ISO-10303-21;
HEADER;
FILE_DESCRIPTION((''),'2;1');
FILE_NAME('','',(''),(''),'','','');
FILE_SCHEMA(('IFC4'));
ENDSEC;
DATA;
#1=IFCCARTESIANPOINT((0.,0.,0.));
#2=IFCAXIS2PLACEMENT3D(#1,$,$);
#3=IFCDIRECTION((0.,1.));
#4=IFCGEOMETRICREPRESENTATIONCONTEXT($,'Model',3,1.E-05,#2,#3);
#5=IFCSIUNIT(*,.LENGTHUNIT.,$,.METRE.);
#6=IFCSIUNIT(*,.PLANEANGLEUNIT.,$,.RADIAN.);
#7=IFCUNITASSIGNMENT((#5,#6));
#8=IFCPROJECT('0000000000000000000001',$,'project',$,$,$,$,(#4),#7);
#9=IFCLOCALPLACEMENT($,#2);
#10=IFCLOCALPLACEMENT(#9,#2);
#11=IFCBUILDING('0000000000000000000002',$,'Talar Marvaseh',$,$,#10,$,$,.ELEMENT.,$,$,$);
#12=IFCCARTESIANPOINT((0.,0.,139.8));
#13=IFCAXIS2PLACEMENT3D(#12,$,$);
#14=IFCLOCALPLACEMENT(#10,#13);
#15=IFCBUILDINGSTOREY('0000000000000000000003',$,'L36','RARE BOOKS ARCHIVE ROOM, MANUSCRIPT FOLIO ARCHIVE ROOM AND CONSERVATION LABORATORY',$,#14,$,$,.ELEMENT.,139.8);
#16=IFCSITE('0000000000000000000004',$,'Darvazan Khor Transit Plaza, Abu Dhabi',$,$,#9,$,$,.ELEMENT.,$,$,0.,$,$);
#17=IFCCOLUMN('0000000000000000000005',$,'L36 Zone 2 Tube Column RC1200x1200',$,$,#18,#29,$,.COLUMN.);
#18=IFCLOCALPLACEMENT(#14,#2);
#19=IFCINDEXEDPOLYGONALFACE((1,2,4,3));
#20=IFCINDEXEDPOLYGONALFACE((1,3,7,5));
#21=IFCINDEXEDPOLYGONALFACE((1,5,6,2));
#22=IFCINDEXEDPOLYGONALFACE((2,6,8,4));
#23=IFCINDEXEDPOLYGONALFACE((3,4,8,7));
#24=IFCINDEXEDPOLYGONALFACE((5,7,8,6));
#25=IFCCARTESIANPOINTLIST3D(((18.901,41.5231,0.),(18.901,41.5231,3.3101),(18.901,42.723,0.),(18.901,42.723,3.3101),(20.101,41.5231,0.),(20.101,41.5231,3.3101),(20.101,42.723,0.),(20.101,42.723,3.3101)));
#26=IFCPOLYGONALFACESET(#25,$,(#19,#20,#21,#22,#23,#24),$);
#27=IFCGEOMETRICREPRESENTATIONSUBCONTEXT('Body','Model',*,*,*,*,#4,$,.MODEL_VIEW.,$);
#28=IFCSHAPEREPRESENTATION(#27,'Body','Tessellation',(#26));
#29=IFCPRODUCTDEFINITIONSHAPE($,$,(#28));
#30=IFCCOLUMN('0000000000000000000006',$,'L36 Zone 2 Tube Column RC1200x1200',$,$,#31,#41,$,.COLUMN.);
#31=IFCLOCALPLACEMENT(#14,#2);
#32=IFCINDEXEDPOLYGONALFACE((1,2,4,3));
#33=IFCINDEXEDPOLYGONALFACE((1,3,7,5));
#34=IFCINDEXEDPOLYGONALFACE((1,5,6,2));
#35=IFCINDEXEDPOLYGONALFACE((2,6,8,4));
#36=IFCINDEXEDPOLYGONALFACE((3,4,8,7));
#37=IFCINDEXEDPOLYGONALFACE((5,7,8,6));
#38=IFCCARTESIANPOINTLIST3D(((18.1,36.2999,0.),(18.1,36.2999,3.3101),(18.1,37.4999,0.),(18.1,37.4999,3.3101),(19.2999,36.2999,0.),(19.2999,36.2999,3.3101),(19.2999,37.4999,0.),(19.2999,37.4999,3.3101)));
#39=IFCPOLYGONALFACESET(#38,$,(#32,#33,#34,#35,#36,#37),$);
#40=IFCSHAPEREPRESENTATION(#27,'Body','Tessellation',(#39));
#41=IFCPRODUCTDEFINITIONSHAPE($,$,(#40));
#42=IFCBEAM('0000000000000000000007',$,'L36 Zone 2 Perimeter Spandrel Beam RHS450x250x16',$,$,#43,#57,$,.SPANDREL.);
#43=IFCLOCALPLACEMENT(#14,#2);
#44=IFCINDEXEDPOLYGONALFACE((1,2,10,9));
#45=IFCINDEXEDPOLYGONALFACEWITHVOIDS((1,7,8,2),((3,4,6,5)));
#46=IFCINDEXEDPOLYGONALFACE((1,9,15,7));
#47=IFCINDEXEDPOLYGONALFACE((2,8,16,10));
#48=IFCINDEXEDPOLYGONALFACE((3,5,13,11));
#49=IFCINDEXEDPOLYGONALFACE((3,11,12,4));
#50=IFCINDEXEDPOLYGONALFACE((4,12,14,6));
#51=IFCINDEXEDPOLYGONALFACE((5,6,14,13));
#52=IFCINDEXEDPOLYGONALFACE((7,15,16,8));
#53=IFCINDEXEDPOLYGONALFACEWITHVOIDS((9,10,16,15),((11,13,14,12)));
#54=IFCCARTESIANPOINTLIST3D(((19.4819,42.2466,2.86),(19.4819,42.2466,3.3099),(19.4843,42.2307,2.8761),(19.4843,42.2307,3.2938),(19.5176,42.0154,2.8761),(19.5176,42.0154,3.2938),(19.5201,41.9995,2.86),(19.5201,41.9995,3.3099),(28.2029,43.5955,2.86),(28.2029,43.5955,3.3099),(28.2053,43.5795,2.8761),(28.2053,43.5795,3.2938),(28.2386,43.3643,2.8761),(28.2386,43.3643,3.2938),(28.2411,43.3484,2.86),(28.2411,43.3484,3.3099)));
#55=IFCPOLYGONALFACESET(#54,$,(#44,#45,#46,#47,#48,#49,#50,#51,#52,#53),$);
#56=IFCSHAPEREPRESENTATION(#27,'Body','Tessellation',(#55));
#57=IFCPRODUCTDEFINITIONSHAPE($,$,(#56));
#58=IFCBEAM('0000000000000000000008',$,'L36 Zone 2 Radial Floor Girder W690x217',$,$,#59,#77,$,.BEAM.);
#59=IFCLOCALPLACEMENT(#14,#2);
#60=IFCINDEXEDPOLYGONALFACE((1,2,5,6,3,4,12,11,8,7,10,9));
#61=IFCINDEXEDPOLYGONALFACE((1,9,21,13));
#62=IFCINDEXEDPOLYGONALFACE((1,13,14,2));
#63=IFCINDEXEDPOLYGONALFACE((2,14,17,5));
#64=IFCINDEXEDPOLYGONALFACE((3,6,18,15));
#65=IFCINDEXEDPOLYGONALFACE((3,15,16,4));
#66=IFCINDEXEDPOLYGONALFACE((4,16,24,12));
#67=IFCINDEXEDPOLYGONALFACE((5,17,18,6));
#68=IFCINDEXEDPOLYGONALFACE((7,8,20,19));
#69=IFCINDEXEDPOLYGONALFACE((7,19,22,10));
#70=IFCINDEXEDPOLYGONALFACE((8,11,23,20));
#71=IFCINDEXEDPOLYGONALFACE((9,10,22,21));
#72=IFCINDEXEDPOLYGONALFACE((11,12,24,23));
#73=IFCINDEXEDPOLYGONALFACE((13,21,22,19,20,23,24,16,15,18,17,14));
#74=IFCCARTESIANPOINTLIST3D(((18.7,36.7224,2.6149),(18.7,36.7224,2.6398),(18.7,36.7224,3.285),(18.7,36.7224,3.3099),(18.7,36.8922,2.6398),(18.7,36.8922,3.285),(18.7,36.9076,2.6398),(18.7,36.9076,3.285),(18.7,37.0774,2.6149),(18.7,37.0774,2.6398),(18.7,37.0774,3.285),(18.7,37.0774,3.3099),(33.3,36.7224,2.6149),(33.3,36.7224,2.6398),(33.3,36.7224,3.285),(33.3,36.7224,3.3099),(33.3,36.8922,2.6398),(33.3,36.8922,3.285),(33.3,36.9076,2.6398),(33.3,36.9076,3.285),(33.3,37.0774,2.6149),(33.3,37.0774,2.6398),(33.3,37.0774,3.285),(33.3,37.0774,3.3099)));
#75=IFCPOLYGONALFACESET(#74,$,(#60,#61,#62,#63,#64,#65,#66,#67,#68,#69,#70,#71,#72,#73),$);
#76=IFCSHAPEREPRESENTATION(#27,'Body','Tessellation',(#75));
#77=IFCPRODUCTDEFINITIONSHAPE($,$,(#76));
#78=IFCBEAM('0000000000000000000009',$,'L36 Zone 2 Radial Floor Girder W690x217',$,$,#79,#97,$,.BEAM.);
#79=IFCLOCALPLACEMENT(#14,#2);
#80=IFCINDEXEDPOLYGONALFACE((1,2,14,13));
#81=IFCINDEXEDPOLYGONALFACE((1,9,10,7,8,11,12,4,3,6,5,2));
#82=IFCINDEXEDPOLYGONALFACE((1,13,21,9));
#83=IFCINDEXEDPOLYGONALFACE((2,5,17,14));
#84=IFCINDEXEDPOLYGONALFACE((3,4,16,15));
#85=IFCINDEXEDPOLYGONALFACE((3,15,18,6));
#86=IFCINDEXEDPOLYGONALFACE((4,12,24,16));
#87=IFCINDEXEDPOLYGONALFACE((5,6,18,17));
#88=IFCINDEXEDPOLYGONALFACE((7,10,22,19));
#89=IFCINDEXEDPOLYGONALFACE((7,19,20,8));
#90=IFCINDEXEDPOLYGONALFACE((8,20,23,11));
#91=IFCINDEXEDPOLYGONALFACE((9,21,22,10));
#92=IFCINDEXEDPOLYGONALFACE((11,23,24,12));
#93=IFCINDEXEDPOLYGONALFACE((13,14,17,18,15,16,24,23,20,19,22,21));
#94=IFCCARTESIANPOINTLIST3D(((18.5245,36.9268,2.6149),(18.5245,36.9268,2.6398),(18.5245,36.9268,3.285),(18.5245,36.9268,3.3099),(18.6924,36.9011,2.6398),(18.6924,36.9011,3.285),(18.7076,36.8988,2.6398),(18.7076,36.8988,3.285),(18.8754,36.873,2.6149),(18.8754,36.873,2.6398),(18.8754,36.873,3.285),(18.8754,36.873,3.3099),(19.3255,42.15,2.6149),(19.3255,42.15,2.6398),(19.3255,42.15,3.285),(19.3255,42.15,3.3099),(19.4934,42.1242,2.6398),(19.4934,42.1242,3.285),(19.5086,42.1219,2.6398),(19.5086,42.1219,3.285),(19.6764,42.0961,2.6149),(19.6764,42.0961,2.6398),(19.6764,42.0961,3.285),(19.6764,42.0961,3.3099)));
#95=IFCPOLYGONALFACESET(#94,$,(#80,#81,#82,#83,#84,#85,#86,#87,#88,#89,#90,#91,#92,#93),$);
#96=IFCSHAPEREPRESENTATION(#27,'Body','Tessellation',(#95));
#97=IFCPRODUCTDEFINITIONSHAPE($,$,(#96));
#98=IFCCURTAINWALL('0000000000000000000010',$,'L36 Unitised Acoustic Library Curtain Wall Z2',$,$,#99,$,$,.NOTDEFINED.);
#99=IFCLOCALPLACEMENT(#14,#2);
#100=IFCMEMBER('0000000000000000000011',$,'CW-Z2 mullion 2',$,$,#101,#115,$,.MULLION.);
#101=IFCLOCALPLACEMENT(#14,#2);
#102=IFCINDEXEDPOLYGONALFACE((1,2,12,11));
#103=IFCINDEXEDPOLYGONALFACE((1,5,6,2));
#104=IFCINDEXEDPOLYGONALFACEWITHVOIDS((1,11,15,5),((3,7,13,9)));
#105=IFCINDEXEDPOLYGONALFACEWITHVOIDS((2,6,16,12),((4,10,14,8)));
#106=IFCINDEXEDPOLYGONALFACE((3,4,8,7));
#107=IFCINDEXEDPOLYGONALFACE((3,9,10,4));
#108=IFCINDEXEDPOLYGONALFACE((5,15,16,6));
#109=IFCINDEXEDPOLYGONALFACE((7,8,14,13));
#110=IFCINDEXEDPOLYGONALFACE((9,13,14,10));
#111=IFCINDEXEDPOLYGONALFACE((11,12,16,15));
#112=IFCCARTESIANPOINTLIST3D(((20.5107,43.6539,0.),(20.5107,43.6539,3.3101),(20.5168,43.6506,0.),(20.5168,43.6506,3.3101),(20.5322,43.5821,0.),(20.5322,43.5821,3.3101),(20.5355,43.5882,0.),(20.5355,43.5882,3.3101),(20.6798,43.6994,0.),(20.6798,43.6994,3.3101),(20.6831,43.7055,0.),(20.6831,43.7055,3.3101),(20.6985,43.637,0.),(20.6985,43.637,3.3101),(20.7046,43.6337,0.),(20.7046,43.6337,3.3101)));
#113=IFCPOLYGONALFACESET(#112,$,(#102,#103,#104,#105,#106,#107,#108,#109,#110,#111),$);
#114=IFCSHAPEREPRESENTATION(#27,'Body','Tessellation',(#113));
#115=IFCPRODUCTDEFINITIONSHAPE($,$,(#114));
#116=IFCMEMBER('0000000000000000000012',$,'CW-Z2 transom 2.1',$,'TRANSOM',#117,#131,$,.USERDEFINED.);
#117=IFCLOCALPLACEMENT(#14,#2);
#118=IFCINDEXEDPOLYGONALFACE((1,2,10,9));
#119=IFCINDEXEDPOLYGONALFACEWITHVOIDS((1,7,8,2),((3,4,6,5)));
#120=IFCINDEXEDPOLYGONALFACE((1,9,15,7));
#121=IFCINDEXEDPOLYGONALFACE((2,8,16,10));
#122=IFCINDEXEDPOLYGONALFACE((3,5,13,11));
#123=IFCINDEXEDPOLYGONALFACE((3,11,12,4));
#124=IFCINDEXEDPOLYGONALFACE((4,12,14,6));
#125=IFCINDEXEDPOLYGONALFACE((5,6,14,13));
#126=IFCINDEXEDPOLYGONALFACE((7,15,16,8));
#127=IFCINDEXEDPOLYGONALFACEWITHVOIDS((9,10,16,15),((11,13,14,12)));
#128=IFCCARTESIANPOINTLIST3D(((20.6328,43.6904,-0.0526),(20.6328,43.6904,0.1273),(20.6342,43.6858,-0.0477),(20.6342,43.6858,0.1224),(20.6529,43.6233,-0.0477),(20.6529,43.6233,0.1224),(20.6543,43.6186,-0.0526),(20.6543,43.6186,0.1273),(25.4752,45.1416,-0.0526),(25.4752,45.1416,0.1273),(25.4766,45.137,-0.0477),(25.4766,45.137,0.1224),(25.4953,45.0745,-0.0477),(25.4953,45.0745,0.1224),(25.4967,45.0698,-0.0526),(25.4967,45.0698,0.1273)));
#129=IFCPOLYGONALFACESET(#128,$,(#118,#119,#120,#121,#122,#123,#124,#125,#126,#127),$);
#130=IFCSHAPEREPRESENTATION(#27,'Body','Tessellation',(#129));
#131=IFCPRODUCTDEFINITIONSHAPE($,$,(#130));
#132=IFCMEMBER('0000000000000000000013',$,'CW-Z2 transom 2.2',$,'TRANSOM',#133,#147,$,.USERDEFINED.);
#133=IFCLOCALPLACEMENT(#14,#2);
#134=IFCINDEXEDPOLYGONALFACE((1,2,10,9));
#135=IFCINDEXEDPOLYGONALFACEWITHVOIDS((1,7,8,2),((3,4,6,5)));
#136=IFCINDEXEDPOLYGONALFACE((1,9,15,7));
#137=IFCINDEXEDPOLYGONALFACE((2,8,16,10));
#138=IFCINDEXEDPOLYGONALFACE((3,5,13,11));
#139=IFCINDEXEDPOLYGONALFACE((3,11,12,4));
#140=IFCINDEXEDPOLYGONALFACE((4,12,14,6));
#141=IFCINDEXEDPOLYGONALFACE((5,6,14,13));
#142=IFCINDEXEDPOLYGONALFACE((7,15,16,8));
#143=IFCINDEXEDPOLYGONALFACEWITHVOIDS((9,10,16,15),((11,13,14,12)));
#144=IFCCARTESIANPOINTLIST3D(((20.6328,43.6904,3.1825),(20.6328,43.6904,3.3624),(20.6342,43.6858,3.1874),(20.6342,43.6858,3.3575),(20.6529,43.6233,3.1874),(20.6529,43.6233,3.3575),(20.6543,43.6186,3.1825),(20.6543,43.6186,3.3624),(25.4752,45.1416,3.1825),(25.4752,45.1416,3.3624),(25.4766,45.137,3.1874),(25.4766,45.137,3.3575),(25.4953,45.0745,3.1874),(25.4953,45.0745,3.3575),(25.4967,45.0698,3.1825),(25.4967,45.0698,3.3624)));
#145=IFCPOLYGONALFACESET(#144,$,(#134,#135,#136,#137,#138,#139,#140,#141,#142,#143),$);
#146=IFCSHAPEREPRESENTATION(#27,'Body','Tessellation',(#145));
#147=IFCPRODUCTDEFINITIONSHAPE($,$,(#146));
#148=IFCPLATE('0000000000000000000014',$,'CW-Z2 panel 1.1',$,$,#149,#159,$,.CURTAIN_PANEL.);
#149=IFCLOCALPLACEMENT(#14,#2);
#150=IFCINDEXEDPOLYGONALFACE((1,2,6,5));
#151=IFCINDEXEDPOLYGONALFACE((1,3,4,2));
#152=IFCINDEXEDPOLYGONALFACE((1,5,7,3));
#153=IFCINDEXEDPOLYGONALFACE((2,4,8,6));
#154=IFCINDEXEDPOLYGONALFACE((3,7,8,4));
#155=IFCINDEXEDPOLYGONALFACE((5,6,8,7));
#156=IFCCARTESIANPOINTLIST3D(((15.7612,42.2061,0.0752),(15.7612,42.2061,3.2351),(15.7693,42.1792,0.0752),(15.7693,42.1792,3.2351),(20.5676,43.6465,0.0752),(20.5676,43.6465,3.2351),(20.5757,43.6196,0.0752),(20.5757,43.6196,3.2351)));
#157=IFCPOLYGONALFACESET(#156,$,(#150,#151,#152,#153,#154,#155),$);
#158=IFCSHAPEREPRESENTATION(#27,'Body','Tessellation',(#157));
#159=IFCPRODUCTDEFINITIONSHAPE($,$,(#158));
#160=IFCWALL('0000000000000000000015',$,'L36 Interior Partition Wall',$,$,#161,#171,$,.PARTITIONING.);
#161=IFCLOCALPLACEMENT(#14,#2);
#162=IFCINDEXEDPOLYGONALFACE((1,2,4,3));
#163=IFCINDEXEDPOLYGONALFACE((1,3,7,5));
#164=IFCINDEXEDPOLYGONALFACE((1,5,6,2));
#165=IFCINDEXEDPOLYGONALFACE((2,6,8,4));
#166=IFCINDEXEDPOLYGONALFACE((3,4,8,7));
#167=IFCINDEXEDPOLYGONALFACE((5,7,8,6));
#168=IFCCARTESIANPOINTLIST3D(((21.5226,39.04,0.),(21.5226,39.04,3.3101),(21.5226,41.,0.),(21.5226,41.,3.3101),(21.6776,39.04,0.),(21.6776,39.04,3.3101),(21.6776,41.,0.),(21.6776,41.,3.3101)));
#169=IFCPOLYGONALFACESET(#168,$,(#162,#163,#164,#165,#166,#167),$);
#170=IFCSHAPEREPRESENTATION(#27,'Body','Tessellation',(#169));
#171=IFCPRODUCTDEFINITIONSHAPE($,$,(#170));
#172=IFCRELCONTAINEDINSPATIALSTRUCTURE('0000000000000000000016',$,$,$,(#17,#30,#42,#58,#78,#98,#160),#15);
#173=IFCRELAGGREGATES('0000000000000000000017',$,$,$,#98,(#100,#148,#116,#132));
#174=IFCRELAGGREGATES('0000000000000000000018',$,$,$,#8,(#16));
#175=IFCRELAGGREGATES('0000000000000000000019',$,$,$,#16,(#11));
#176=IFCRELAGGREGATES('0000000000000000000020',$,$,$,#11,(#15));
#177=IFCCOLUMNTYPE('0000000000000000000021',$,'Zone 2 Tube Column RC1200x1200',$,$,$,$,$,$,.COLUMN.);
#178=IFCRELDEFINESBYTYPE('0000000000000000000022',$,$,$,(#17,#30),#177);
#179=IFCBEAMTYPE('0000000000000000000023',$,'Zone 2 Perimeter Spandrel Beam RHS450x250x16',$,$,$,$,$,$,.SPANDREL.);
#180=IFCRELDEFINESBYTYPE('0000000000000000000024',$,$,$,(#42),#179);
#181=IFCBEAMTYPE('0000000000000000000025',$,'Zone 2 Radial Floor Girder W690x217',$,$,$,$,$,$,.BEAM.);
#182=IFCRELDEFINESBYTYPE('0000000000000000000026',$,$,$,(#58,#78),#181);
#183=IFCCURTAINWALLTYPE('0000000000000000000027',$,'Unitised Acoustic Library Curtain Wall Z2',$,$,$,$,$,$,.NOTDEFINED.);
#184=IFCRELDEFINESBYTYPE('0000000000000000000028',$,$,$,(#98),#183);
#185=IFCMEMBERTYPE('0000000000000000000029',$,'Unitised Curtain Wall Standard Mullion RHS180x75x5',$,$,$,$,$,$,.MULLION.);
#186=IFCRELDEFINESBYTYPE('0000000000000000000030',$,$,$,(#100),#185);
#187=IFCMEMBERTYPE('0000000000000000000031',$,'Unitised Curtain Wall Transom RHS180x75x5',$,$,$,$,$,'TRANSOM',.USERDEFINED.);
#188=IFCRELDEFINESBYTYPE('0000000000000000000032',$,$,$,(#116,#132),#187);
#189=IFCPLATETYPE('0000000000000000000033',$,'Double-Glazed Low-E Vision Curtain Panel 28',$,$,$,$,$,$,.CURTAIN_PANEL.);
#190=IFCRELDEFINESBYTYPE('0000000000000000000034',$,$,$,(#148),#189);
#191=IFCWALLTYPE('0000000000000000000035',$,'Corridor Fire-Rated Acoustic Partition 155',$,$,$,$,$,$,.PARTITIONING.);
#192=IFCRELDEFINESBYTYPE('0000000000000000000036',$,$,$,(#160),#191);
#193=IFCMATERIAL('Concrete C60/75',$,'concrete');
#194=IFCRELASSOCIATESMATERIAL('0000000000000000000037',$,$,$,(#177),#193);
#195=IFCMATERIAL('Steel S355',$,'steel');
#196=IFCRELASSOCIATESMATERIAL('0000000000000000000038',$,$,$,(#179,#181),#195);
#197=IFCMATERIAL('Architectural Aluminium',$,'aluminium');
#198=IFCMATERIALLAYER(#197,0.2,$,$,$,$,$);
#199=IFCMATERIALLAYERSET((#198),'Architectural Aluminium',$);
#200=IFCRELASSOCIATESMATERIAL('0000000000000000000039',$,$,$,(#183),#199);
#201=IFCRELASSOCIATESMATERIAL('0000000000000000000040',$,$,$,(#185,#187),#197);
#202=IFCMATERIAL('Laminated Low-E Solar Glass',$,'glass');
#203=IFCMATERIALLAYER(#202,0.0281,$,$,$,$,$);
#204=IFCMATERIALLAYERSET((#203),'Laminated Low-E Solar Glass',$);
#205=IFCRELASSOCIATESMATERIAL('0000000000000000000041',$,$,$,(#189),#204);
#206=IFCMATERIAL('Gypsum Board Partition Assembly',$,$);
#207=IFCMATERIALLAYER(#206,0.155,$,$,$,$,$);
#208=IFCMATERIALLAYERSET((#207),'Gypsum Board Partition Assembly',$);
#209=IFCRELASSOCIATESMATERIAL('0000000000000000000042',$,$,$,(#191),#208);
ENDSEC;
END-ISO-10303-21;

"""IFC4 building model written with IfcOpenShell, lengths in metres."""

from ifc_helpers import new_model, si_unit, direction, frame, frame_2d, origin, origin_2d, place, context, subcontext, project, spatial, rectangle, hollow_rectangle, i_section, extrude, source, transform, mapped, material, layer, layer_set, material_profile, profile_set, type_object, type_shapes, element, aggregate, save


model = new_model("IFC4")

# Units and contexts
model_context = context("Model", 3, precision=1e-05, world=origin(), true_north=direction((0.0, 1.0)))
body_context = subcontext(model_context, "Body", "Model", "MODEL_VIEW")
ifc_project = project(units=[si_unit("LENGTHUNIT", "METRE"), si_unit("PLANEANGLEUNIT", "RADIAN")], contexts=[model_context])

# Site, building, storey
site_placement = place(None, origin())
site = spatial("IfcSite", under=ifc_project, at=site_placement, Name="Darvazan Khor Transit Plaza, Abu Dhabi", CompositionType="ELEMENT", RefElevation=0.0)
building_placement = place(site_placement, origin())
building = spatial("IfcBuilding", under=site, at=building_placement, Name="Talar Marvaseh", CompositionType="ELEMENT")
storey_placement = place(building_placement, frame((0.0, 0.0, 139.8)))
storey = spatial("IfcBuildingStorey", under=building, at=storey_placement, Name="L36", Description="RARE BOOKS ARCHIVE ROOM, MANUSCRIPT FOLIO ARCHIVE ROOM AND CONSERVATION LABORATORY", CompositionType="ELEMENT", Elevation=139.8)

# Columns
ifc_material_1 = material(Name="Concrete C60/75", Category="concrete")
ifc_material_profile_1 = material_profile(ifc_material_1, rectangle(XDim=1.2, YDim=1.2, at=origin_2d()), Name="RC1200x1200")
ifc_profile_set_1 = profile_set([ifc_material_profile_1], Name="Concrete C60/75")
column_type = type_object("IfcColumnType", Name="Zone 2 Tube Column RC1200x1200", PredefinedType="COLUMN", material=ifc_profile_set_1)
for number, where, z_axis, x_axis, name in (
    (1, (19.501, 42.123, 0.0), (0.0, 0.0, 1.0), (1.0, 0.0, 0.0), "L36 Zone 2 Tube Column RC1200x1200"),
    (2, (18.7, 36.8999, 0.0), (0.0, 0.0, 1.0), (1.0, 0.0, 0.0), "L36 Zone 2 Tube Column RC1200x1200"),
):
    element("IfcColumn", number, at=place(storey_placement, frame(where, z_axis=z_axis, x_axis=x_axis)), inside=storey, type_object=column_type, Name=name, PredefinedType="COLUMN", context=body_context, shape_type="SweptSolid", body=[
        extrude(rectangle(XDim=1.2, YDim=1.2, at=origin_2d()), origin(), (0.0, 0.0, 1.0), 3.3101),
    ])

# Beams
ifc_material_2 = material(Name="Steel S355", Category="steel")
ifc_material_profile_2 = material_profile(ifc_material_2, hollow_rectangle(XDim=0.25, YDim=0.45, WallThickness=0.0161, at=origin_2d()), Name="RHS450x250x16")
ifc_profile_set_2 = profile_set([ifc_material_profile_2], Name="Steel S355")
beam_type_1 = type_object("IfcBeamType", Name="Zone 2 Perimeter Spandrel Beam RHS450x250x16", PredefinedType="SPANDREL", material=ifc_profile_set_2)
beam_1_placement = place(storey_placement, frame((19.501, 42.123, 3.085), z_axis=(0.988249, 0.152853, 0.0), x_axis=(-0.152853, 0.988249, 0.0)))
element("IfcBeam", 3, at=beam_1_placement, inside=storey, type_object=beam_type_1, Name="L36 Zone 2 Perimeter Spandrel Beam RHS450x250x16", PredefinedType="SPANDREL", context=body_context, shape_type="SweptSolid", body=[
    extrude(hollow_rectangle(XDim=0.25, YDim=0.45, WallThickness=0.0161, at=origin_2d()), origin(), (0.0, 0.0, 1.0), 8.8247),
])
ifc_material_profile_3 = material_profile(ifc_material_2, i_section(OverallWidth=0.355, OverallDepth=0.6951, WebThickness=0.0154, FlangeThickness=0.0249, at=origin_2d()), Name="W690x217")
ifc_profile_set_3 = profile_set([ifc_material_profile_3], Name="Steel S355")
beam_type_2 = type_object("IfcBeamType", Name="Zone 2 Radial Floor Girder W690x217", PredefinedType="BEAM", material=ifc_profile_set_3)
beam_2_placement = place(storey_placement, frame((18.7, 36.8999, 2.9624), z_axis=(1.0, 0.0, 0.0), x_axis=(0.0, 1.0, 0.0)))
element("IfcBeam", 4, at=beam_2_placement, inside=storey, type_object=beam_type_2, Name="L36 Zone 2 Radial Floor Girder W690x217", PredefinedType="BEAM", context=body_context, shape_type="SweptSolid", body=[
    extrude(i_section(OverallWidth=0.355, OverallDepth=0.6951, WebThickness=0.0154, FlangeThickness=0.0249, at=origin_2d()), origin(), (0.0, 0.0, 1.0), 14.6001),
])
beam_3_placement = place(storey_placement, frame((19.501, 42.123, 2.9624), z_axis=(-0.151588, -0.988444, 0.0), x_axis=(0.988444, -0.151588, 0.0)))
element("IfcBeam", 5, at=beam_3_placement, inside=storey, type_object=beam_type_2, Name="L36 Zone 2 Radial Floor Girder W690x217", PredefinedType="BEAM", context=body_context, shape_type="SweptSolid", body=[
    extrude(i_section(OverallWidth=0.355, OverallDepth=0.6951, WebThickness=0.0154, FlangeThickness=0.0249, at=origin_2d()), origin(), (0.0, 0.0, 1.0), 5.2842),
])

# Curtain wall, members, plate
ifc_material_3 = material(Name="Architectural Aluminium", Category="aluminium")
ifc_layer_1 = layer(ifc_material_3, 0.2)
ifc_layer_set_1 = layer_set([ifc_layer_1], Name="Architectural Aluminium")
curtain_wall_type = type_object("IfcCurtainWallType", Name="Unitised Acoustic Library Curtain Wall Z2", PredefinedType="NOTDEFINED", material=ifc_layer_set_1)
curtain_wall_placement = place(storey_placement, origin())
curtain_wall = element("IfcCurtainWall", 6, at=curtain_wall_placement, inside=storey, type_object=curtain_wall_type, Name="L36 Unitised Acoustic Library Curtain Wall Z2", PredefinedType="NOTDEFINED")
ifc_material_profile_4 = material_profile(ifc_material_3, hollow_rectangle(XDim=0.075, YDim=0.1799, WallThickness=0.0049, at=origin_2d()), Name="RHS180x75x5")
ifc_profile_set_4 = profile_set([ifc_material_profile_4], Name="Architectural Aluminium")
member_type_1 = type_object("IfcMemberType", Name="Unitised Curtain Wall Standard Mullion RHS180x75x5", PredefinedType="MULLION", material=ifc_profile_set_4)
shared_shape_1 = source(origin(), body_context, "Body", "SweptSolid", [
    extrude(hollow_rectangle(XDim=0.075, YDim=0.1799, WallThickness=0.0049, at=origin_2d()), origin(), (0.0, 0.0, 1.0), 3.3101),
])
type_shapes(member_type_1, [shared_shape_1])
member_1_placement = place(storey_placement, frame((20.6077, 43.6438, 0.0), z_axis=(0.0, 0.0, 1.0), x_axis=(-0.287061, 0.957912, 0.0)))
member_1 = element("IfcMember", 7, at=member_1_placement, type_object=member_type_1, Name="CW-Z2 mullion 2", PredefinedType="MULLION", context=body_context, shape_type="MappedRepresentation", body=[
    mapped(shared_shape_1, transform((0.0, 0.0, 0.0), x_axis=(1.0, 0.0, 0.0), y_axis=(0.0, 1.0, 0.0), z_axis=(0.0, 0.0, 1.0), scale=1.0)),
])
ifc_material_profile_5 = material_profile(ifc_material_3, hollow_rectangle(XDim=0.075, YDim=0.1799, WallThickness=0.0049, at=origin_2d()), Name="RHS180x75x5")
ifc_profile_set_5 = profile_set([ifc_material_profile_5], Name="Architectural Aluminium")
member_type_2 = type_object("IfcMemberType", Name="Unitised Curtain Wall Transom RHS180x75x5", ElementType="TRANSOM", PredefinedType="USERDEFINED", material=ifc_profile_set_5)
shared_shape_2 = source(origin(), body_context, "Body", "SweptSolid", [
    extrude(hollow_rectangle(XDim=0.075, YDim=0.1799, WallThickness=0.0049, at=origin_2d()), origin(), (0.0, 0.0, 1.0), 5.0552),
])
type_shapes(member_type_2, [shared_shape_2])
member_2_placement = place(storey_placement, frame((20.6436, 43.6545, 0.0374), z_axis=(0.957909, 0.287073, 0.0), x_axis=(-0.287073, 0.957909, 0.0)))
member_2 = element("IfcMember", 8, at=member_2_placement, type_object=member_type_2, Name="CW-Z2 transom 2.1", ObjectType="TRANSOM", PredefinedType="USERDEFINED", context=body_context, shape_type="MappedRepresentation", body=[
    mapped(shared_shape_2, transform((0.0, 0.0, 0.0), x_axis=(1.0, 0.0, 0.0), y_axis=(0.0, 1.0, 0.0), z_axis=(0.0, 0.0, 1.0), scale=1.0)),
])
member_3_placement = place(storey_placement, frame((20.6436, 43.6545, 3.2725), z_axis=(0.957909, 0.287073, 0.0), x_axis=(-0.287073, 0.957909, 0.0)))
member_3 = element("IfcMember", 9, at=member_3_placement, type_object=member_type_2, Name="CW-Z2 transom 2.2", ObjectType="TRANSOM", PredefinedType="USERDEFINED", context=body_context, shape_type="MappedRepresentation", body=[
    mapped(shared_shape_2, transform((0.0, 0.0, 0.0), x_axis=(1.0, 0.0, 0.0), y_axis=(0.0, 1.0, 0.0), z_axis=(0.0, 0.0, 1.0), scale=1.0)),
])
ifc_material_4 = material(Name="Laminated Low-E Solar Glass", Category="glass")
ifc_layer_2 = layer(ifc_material_4, 0.0281)
ifc_layer_set_2 = layer_set([ifc_layer_2], Name="Laminated Low-E Solar Glass")
plate_type = type_object("IfcPlateType", Name="Double-Glazed Low-E Vision Curtain Panel 28", PredefinedType="CURTAIN_PANEL", material=ifc_layer_set_2)
shared_shape_3 = source(origin(), body_context, "Body", "SweptSolid", [
    extrude(rectangle(XDim=5.0176, YDim=0.0281, at=origin_2d()), origin(), (0.0, 0.0, 1.0), 3.1599),
])
type_shapes(plate_type, [shared_shape_3])
plate_placement = place(storey_placement, frame((18.1685, 42.9128, 0.0752), z_axis=(0.0, 0.0, 1.0), x_axis=(0.957912, 0.287061, 0.0)))
plate = element("IfcPlate", 10, at=plate_placement, type_object=plate_type, Name="CW-Z2 panel 1.1", PredefinedType="CURTAIN_PANEL", context=body_context, shape_type="MappedRepresentation", body=[
    mapped(shared_shape_3, transform((0.0, 0.0, 0.0), x_axis=(1.0, 0.0, 0.0), y_axis=(0.0, 1.0, 0.0), z_axis=(0.0, 0.0, 1.0), scale=1.0)),
])
aggregate(curtain_wall, [member_1, plate, member_2, member_3])

# Wall
ifc_material_5 = material(Name="Gypsum Board Partition Assembly")
ifc_layer_3 = layer(ifc_material_5, 0.155)
ifc_layer_set_3 = layer_set([ifc_layer_3], Name="Gypsum Board Partition Assembly")
wall_type_1 = type_object("IfcWallType", Name="Corridor Fire-Rated Acoustic Partition 155", PredefinedType="PARTITIONING", material=ifc_layer_set_3)
wall_1_placement = place(storey_placement, frame((21.6001, 39.04, 0.0), z_axis=(0.0, 0.0, 1.0), x_axis=(0.0, 1.0, 0.0)))
element("IfcWall", 11, at=wall_1_placement, inside=storey, type_object=wall_type_1, Name="L36 Interior Partition Wall", PredefinedType="PARTITIONING", context=body_context, shape_type="SweptSolid", body=[
    extrude(rectangle(XDim=1.96, YDim=0.155, at=frame_2d((0.98, 0.0))), origin(), (0.0, 0.0, 1.0), 3.3101),
])

save(model, "model.ifc")
